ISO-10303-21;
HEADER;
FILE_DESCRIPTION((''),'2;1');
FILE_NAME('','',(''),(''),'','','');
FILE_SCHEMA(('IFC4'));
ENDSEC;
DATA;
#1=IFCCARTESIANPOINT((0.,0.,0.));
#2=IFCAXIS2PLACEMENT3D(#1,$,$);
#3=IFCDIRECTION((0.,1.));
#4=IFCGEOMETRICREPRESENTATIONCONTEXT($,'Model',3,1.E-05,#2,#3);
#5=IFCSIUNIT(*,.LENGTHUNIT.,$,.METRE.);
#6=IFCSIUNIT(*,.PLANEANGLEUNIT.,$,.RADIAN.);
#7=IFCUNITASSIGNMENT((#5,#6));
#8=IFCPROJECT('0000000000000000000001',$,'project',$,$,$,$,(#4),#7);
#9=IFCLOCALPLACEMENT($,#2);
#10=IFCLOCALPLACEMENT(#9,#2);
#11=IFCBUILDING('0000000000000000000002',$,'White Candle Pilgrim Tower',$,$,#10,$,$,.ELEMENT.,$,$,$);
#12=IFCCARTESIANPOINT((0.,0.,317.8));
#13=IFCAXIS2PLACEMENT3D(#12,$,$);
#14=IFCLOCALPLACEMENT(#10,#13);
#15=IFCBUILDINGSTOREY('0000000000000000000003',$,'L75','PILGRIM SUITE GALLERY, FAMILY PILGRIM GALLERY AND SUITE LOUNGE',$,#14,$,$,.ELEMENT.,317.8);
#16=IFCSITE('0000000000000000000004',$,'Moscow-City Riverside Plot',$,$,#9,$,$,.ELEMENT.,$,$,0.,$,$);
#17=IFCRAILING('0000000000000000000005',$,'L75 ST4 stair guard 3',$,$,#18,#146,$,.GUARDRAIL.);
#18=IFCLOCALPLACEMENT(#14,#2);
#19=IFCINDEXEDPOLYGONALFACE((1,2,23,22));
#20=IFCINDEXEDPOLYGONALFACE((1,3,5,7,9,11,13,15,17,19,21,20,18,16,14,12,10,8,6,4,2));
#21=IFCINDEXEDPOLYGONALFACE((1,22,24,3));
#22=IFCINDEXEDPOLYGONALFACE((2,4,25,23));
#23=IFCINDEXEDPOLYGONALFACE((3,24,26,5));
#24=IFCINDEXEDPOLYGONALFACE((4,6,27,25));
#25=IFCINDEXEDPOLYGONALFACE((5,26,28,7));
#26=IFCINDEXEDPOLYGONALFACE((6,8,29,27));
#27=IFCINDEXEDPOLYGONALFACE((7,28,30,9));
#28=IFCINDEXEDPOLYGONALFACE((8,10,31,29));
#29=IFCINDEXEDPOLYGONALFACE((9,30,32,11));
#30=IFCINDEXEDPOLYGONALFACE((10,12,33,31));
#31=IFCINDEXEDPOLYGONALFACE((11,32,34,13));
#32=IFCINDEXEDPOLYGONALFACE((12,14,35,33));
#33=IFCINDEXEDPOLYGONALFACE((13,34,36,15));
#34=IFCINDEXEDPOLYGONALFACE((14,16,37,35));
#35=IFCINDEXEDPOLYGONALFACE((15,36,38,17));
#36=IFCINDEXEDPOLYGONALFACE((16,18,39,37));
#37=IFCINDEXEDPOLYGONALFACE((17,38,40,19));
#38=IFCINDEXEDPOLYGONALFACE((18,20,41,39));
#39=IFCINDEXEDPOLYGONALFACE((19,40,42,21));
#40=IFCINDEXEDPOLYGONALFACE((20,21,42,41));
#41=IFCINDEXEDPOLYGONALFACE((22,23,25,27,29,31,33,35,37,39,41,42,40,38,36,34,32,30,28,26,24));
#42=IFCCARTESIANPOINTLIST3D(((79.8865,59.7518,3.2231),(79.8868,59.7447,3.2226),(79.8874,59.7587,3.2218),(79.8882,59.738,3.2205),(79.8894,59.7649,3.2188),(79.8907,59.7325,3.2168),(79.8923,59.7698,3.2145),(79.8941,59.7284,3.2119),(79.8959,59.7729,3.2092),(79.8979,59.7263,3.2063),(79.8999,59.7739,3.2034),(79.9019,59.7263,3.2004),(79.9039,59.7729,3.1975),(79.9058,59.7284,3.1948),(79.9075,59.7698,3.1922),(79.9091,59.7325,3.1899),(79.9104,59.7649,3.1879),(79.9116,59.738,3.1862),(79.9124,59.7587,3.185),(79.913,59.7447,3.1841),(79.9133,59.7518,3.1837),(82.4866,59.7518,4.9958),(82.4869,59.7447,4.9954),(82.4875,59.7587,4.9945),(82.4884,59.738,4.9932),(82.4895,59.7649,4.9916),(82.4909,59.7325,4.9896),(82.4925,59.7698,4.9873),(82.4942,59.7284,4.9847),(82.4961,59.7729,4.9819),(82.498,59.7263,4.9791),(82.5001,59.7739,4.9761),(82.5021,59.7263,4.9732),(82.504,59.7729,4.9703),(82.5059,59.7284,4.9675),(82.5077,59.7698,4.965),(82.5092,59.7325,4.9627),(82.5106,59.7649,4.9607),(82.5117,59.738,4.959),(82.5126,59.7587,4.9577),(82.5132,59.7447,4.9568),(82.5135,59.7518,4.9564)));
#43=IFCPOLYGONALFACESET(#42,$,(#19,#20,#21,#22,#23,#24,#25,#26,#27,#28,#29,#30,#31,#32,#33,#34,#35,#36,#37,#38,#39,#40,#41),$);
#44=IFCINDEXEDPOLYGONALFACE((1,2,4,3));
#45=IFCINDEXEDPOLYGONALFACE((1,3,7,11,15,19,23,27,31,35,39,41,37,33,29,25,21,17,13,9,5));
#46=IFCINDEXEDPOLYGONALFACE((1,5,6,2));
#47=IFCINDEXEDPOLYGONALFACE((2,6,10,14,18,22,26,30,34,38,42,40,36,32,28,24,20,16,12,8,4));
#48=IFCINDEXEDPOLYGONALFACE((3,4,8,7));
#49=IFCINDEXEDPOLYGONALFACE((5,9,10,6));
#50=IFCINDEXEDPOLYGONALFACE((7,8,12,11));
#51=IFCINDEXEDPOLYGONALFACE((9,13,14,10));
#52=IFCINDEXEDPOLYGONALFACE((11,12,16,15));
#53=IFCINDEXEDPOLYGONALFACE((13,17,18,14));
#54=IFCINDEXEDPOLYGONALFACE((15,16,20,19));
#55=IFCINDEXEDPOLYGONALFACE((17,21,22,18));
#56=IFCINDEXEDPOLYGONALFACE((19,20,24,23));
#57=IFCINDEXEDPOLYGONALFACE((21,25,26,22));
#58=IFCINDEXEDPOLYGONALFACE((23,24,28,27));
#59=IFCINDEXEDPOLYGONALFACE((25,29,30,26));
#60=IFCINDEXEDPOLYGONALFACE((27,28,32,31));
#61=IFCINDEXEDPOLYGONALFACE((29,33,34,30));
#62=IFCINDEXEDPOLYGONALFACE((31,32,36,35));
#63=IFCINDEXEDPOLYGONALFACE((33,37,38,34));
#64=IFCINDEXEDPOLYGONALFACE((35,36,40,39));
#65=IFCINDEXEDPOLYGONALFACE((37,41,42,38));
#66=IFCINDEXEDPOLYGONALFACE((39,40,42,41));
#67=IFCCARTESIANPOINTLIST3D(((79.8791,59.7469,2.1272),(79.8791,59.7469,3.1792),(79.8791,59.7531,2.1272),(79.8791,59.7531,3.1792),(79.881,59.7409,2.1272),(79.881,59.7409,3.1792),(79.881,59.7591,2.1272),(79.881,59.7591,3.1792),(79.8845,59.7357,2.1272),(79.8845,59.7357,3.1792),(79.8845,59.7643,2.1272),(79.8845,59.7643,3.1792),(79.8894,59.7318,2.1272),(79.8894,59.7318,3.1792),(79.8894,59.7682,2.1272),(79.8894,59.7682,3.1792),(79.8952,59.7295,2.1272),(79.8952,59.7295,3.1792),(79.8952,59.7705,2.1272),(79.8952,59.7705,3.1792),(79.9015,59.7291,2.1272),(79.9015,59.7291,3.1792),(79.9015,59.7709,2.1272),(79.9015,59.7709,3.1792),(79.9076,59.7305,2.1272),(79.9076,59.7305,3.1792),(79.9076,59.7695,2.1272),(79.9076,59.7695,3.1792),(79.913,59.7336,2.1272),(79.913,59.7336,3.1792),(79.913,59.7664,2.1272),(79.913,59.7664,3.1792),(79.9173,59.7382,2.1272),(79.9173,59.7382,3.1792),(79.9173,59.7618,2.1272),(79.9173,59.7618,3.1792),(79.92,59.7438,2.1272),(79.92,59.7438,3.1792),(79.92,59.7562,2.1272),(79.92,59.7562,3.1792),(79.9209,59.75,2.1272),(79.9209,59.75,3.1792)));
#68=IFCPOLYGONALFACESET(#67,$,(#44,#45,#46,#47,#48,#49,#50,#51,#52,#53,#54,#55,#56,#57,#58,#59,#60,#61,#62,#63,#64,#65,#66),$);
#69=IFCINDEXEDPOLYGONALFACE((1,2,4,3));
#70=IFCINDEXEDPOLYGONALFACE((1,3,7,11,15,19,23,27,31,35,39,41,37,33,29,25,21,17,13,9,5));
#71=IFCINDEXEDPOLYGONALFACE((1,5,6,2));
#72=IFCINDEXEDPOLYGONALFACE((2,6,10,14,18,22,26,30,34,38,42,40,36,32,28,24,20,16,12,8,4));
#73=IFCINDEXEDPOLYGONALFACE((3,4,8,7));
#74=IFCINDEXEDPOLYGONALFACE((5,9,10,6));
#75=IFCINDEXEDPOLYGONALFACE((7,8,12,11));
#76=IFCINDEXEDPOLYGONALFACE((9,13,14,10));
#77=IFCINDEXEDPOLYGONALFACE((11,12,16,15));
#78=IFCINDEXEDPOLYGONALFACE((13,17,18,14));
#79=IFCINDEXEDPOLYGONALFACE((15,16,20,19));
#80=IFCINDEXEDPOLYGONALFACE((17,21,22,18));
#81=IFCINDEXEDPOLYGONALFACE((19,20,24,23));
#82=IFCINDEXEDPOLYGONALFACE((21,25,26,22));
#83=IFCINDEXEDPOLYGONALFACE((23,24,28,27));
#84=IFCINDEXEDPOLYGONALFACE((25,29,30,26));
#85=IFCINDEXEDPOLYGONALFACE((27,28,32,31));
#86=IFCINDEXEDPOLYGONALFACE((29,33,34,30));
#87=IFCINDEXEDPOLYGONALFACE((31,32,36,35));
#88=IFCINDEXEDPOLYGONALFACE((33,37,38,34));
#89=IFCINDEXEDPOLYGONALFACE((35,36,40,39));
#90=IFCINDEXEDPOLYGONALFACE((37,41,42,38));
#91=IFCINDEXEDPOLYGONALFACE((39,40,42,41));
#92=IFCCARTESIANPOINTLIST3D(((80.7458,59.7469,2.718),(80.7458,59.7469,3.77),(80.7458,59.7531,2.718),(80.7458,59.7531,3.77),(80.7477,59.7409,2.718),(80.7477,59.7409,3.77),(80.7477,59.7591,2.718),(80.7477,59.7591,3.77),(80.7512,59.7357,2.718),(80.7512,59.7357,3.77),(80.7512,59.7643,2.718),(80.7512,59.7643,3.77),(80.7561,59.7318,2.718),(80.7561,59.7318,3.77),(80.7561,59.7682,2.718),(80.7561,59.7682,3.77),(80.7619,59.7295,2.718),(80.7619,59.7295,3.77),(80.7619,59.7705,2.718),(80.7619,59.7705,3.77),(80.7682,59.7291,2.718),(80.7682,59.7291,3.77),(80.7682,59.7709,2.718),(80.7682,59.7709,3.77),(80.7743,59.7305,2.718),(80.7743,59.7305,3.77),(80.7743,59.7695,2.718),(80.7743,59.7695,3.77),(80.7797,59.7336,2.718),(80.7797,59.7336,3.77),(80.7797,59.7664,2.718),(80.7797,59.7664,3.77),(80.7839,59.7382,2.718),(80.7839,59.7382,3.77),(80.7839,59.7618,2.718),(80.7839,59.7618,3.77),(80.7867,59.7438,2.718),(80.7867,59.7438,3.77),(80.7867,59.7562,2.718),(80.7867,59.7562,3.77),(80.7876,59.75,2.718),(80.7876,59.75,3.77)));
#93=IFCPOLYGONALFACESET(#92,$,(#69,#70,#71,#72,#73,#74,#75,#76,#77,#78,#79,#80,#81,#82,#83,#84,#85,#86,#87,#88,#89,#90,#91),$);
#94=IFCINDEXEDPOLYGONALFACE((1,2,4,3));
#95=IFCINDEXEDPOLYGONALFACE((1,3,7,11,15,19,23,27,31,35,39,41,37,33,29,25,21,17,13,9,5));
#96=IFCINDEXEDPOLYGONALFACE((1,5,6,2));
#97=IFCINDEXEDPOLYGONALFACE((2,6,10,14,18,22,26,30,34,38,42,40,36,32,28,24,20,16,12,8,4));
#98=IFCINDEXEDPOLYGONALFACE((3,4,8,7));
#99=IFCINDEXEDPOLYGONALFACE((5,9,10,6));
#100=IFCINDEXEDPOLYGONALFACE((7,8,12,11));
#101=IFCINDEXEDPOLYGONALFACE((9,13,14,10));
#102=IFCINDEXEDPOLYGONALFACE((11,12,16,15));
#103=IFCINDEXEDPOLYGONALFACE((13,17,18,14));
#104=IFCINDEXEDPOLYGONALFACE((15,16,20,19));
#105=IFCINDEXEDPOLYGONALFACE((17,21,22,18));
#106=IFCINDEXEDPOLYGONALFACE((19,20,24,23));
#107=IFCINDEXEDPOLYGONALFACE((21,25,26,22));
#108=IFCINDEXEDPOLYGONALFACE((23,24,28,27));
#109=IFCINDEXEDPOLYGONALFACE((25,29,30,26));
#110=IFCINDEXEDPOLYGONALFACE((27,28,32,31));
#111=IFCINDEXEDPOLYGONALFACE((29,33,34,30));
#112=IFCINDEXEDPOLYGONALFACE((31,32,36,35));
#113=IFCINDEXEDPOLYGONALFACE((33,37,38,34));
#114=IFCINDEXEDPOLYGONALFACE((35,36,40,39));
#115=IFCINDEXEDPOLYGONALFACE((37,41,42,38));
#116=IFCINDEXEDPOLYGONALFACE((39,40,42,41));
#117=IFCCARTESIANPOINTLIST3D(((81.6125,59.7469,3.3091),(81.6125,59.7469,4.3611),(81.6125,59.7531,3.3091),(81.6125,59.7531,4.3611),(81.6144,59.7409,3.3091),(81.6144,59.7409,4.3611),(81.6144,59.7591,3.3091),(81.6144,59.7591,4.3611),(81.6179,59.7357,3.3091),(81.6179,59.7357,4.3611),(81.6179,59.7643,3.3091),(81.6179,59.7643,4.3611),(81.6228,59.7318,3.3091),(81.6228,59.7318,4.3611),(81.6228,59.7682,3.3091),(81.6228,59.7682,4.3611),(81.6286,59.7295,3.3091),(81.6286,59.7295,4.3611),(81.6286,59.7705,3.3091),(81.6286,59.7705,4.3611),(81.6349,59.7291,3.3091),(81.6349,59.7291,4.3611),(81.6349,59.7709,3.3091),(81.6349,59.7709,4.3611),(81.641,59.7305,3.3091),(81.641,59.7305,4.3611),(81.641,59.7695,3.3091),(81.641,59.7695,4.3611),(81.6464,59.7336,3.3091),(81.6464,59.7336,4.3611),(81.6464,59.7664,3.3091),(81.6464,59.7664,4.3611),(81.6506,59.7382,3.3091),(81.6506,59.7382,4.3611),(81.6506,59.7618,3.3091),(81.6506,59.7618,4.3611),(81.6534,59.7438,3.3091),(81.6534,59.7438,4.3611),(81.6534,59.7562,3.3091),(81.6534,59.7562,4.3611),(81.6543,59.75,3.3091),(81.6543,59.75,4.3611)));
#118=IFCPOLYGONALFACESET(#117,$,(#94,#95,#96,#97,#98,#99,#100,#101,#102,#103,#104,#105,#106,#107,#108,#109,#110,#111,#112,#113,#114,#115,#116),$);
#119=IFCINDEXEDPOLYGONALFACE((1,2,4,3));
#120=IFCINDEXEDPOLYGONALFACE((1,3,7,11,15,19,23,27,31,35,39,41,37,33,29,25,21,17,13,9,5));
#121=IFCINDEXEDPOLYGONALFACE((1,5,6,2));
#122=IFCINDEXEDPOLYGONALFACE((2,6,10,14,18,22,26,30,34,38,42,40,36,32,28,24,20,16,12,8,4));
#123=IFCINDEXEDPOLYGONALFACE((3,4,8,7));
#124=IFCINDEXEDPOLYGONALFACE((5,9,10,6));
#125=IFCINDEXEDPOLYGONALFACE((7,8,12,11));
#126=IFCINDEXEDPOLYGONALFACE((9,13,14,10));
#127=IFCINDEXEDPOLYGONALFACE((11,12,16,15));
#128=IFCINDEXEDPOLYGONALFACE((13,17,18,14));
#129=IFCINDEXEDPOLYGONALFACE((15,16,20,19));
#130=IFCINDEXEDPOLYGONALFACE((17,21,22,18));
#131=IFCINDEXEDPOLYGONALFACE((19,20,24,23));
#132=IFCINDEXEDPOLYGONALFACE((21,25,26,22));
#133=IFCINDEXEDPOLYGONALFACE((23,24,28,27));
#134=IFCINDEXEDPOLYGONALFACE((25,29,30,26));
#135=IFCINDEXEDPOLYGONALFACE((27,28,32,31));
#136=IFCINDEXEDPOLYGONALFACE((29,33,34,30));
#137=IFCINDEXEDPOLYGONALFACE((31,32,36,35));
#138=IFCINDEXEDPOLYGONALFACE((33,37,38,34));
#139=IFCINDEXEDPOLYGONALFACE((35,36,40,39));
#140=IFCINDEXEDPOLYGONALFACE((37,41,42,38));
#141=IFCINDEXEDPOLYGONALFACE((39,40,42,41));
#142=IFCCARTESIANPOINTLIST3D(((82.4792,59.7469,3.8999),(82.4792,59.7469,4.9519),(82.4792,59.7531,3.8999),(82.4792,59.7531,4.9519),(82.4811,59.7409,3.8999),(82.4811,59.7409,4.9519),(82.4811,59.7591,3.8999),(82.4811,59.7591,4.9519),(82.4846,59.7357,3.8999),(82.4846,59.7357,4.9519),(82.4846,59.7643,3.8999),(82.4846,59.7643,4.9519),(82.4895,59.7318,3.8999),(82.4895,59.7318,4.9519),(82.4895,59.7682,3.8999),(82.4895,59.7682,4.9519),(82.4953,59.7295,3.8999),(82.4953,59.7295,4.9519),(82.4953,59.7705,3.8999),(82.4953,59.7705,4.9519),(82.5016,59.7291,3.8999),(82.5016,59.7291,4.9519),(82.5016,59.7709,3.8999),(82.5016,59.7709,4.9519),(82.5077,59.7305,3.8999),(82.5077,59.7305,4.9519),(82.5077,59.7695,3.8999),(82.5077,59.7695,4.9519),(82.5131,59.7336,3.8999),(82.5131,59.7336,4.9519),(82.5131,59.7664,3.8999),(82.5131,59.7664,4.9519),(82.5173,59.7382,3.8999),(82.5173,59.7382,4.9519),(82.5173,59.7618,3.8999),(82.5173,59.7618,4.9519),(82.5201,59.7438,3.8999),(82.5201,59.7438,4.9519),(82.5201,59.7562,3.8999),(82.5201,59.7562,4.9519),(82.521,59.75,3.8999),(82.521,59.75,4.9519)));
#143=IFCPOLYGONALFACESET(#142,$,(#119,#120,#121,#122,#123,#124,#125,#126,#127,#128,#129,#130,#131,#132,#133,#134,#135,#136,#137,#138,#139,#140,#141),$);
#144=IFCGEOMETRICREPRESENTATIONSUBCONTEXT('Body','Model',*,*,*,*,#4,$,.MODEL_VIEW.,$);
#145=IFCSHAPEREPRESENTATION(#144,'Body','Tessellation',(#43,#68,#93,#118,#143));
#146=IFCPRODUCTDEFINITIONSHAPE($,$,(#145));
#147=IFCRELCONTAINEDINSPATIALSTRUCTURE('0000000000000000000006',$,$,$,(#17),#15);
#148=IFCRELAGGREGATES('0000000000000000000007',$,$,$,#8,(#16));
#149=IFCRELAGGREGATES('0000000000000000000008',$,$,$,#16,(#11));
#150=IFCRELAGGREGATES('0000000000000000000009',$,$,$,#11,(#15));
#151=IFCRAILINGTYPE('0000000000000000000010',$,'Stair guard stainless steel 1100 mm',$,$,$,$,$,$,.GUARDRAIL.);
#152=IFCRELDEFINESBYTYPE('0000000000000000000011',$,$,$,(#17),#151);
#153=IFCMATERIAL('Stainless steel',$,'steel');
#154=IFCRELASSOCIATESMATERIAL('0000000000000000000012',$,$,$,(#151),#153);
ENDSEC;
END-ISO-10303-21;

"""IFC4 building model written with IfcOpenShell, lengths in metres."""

from ifc_helpers import new_model, si_unit, direction, frame, origin, origin_2d, place, context, subcontext, project, spatial, circle, extrude, material, type_object, element, save


model = new_model("IFC4")

# Units and contexts
model_context = context("Model", 3, precision=1e-05, world=origin(), true_north=direction((0.0, 1.0)))
body_context = subcontext(model_context, "Body", "Model", "MODEL_VIEW")
ifc_project = project(units=[si_unit("LENGTHUNIT", "METRE"), si_unit("PLANEANGLEUNIT", "RADIAN")], contexts=[model_context])

# Site, building, storey
site_placement = place(None, origin())
site = spatial("IfcSite", under=ifc_project, at=site_placement, Name="Moscow-City Riverside Plot", CompositionType="ELEMENT", RefElevation=0.0)
building_placement = place(site_placement, origin())
building = spatial("IfcBuilding", under=site, at=building_placement, Name="White Candle Pilgrim Tower", CompositionType="ELEMENT")
storey_placement = place(building_placement, frame((0.0, 0.0, 317.8)))
storey = spatial("IfcBuildingStorey", under=building, at=storey_placement, Name="L75", Description="PILGRIM SUITE GALLERY, FAMILY PILGRIM GALLERY AND SUITE LOUNGE", CompositionType="ELEMENT", Elevation=317.8)

# Railing
ifc_material_1 = material(Name="Stainless steel", Category="steel")
railing_type_1 = type_object("IfcRailingType", Name="Stair guard stainless steel 1100 mm", PredefinedType="GUARDRAIL", material=ifc_material_1)
railing_1_placement = place(storey_placement, frame((79.8999, 59.75, 2.1272)))
element("IfcRailing", 1, at=railing_1_placement, inside=storey, type_object=railing_type_1, Name="L75 ST4 stair guard 3", PredefinedType="GUARDRAIL", context=body_context, shape_type="SweptSolid", body=[
    extrude(circle(Radius=0.0239, at=origin_2d()), frame((0.0, 0.0, 1.0762), z_axis=(0.82624, 0.0, 0.563318), x_axis=(0.0, 1.0, 0.0)), (0.0, 0.0, 1.0), 3.147),
    extrude(circle(Radius=0.021, at=origin_2d()), origin(), (0.0, 0.0, 1.0), 1.052),
    extrude(circle(Radius=0.021, at=origin_2d()), frame((0.8667, 0.0, 0.5908)), (0.0, 0.0, 1.0), 1.052),
    extrude(circle(Radius=0.021, at=origin_2d()), frame((1.7334, 0.0, 1.1819)), (0.0, 0.0, 1.0), 1.052),
    extrude(circle(Radius=0.021, at=origin_2d()), frame((2.6001, 0.0, 1.7727)), (0.0, 0.0, 1.0), 1.052),
])

save(model, "model.ifc")
